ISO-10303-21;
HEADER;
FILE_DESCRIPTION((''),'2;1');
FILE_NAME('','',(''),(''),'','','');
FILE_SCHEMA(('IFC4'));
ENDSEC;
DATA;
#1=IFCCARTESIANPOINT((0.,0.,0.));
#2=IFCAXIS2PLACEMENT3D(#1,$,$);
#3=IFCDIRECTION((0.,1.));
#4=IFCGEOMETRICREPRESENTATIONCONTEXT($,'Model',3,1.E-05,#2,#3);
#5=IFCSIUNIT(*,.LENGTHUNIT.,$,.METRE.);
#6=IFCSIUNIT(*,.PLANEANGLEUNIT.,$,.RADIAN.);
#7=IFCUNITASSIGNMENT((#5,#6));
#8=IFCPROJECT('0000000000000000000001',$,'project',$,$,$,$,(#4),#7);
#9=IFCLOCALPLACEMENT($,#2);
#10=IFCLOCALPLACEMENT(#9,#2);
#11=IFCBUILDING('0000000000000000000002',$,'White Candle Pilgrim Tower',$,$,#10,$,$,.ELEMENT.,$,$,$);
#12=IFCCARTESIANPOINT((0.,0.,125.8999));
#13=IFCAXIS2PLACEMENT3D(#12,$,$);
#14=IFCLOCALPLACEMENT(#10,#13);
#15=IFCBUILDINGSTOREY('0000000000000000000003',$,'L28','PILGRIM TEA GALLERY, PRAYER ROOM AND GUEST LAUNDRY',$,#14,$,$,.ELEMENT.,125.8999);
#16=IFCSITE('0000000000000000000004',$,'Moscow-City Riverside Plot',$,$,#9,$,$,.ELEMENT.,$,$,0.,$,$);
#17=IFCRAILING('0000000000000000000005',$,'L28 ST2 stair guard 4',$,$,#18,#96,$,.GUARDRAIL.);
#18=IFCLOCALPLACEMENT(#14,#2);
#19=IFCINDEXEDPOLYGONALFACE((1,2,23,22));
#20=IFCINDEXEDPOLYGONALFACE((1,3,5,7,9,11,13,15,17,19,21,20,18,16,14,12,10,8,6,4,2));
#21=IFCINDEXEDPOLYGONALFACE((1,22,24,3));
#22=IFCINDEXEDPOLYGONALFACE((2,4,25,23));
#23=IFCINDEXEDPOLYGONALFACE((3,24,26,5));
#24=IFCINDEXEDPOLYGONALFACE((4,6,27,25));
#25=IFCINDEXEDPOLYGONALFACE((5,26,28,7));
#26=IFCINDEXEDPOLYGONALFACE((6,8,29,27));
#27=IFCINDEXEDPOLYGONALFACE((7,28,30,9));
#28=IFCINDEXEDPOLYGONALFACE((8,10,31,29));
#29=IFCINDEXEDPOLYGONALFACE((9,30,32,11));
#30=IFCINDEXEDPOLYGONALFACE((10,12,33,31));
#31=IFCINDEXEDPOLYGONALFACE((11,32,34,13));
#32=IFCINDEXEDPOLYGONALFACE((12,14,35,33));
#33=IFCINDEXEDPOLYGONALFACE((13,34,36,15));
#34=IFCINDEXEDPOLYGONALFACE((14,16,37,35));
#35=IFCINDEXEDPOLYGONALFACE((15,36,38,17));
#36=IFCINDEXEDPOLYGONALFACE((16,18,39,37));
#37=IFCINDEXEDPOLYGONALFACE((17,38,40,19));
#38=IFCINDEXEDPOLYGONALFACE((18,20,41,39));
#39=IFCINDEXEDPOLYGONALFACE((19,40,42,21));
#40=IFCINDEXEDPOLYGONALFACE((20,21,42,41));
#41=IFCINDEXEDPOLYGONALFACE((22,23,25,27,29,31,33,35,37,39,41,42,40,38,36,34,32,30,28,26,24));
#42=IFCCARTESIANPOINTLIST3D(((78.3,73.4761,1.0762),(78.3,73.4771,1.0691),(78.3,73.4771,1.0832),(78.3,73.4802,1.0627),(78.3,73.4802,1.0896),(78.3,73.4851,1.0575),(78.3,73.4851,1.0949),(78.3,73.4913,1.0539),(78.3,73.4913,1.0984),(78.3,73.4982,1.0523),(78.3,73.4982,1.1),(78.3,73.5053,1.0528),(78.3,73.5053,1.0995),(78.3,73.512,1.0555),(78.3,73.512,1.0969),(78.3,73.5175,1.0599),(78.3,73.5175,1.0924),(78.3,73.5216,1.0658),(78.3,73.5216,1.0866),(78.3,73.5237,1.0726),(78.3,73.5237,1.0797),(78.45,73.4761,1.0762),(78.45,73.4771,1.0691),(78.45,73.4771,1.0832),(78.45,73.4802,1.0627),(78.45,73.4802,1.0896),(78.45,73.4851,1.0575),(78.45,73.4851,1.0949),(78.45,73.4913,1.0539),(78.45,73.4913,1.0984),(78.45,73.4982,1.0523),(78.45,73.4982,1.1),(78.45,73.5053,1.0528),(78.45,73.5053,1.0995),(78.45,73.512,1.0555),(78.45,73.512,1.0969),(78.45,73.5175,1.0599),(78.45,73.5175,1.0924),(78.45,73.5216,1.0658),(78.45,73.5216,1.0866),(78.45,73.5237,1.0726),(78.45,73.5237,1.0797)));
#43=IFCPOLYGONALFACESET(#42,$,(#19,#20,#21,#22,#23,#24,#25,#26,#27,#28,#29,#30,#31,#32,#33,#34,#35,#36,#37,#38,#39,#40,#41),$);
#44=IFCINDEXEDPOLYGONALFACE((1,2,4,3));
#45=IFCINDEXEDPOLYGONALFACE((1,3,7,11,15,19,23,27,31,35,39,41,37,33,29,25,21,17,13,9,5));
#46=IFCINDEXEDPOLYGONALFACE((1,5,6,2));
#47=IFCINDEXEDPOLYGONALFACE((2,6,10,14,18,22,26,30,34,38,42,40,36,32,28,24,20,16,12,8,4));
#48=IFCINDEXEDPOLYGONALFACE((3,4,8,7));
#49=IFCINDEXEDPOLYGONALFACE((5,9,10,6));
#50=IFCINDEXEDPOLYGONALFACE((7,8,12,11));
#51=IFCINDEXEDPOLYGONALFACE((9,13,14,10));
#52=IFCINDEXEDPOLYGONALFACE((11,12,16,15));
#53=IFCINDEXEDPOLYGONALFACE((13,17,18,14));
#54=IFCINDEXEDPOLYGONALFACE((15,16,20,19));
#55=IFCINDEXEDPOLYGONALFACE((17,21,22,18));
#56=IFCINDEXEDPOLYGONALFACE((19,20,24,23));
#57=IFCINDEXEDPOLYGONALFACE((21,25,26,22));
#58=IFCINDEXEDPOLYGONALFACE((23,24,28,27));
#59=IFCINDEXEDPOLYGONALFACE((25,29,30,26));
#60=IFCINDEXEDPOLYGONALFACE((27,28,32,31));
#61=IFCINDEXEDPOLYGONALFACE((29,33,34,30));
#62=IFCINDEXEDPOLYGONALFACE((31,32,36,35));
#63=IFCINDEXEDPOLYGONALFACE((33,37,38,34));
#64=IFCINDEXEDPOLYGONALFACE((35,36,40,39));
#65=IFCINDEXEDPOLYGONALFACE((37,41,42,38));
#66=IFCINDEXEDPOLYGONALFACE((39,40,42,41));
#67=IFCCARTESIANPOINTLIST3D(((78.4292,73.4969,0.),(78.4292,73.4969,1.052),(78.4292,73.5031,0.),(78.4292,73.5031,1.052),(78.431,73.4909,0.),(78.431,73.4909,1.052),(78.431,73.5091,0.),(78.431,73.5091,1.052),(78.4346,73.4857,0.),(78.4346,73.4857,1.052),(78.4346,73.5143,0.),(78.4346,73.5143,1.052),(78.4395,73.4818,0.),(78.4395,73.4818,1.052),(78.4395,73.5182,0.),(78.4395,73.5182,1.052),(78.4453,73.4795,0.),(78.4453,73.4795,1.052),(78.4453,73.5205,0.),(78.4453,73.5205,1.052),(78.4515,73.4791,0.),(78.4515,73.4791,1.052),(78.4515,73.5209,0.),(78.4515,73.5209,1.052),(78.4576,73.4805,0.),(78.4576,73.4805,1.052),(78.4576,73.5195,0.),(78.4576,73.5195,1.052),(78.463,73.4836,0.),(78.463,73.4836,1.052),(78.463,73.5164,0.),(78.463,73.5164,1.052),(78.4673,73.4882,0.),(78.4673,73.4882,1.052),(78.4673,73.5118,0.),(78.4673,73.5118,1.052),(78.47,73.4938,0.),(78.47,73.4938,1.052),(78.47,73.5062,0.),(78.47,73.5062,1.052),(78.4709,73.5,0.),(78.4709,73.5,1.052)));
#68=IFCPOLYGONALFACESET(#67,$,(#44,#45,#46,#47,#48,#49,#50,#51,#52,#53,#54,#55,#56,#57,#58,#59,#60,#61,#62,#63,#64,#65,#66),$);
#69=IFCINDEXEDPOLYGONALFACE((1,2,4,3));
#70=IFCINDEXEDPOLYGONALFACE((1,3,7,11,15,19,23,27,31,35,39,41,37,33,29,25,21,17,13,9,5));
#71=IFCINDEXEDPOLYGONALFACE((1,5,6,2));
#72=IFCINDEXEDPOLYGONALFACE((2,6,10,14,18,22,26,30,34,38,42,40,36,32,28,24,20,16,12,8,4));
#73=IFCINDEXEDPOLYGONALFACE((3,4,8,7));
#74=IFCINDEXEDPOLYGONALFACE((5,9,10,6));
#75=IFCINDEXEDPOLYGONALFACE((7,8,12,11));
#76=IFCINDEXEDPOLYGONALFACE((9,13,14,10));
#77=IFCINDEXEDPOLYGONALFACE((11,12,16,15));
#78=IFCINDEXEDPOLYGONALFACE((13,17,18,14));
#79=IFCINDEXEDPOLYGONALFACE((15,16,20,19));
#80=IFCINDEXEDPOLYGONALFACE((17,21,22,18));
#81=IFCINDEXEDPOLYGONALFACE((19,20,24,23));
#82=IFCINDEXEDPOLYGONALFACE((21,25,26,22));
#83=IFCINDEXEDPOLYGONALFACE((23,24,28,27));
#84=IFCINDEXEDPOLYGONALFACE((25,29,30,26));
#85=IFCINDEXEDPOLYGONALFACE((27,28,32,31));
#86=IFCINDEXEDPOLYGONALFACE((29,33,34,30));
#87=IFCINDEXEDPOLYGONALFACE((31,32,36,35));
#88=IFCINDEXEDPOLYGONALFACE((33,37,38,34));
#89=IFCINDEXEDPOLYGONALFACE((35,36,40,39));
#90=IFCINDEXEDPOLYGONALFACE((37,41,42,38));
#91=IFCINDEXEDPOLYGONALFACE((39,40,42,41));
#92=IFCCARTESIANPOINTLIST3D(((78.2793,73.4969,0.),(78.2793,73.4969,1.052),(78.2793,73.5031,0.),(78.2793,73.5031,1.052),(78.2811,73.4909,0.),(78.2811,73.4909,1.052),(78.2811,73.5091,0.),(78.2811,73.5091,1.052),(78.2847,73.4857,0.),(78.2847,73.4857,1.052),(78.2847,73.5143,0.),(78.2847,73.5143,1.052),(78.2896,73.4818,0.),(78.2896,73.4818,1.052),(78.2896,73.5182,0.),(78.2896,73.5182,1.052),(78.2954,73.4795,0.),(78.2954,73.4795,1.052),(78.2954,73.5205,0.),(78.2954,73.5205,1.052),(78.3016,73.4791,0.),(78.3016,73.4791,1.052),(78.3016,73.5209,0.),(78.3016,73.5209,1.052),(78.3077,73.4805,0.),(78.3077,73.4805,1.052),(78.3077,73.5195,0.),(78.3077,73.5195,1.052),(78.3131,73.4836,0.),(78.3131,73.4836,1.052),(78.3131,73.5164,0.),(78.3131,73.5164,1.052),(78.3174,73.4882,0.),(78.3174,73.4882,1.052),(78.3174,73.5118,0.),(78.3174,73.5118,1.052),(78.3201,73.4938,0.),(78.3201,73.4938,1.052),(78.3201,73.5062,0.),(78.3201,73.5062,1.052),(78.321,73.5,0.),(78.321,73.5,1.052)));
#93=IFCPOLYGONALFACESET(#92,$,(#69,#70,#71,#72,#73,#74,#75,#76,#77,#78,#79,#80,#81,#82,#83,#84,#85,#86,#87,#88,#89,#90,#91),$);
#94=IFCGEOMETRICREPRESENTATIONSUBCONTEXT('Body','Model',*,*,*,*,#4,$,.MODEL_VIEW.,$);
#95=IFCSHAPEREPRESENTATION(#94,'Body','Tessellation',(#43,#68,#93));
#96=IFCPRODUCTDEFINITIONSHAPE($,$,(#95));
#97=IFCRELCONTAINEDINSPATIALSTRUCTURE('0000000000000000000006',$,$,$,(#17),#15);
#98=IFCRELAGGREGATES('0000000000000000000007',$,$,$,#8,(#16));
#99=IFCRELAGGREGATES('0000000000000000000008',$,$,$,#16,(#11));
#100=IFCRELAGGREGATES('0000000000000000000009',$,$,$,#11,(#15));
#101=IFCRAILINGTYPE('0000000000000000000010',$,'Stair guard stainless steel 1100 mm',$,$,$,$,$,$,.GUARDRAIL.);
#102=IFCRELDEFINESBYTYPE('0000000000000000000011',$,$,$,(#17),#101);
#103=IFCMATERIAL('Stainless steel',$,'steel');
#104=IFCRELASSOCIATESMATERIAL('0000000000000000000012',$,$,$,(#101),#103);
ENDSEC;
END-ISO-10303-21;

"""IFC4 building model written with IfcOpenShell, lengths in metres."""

from ifc_helpers import new_model, si_unit, direction, frame, origin, origin_2d, place, context, subcontext, project, spatial, circle, extrude, material, type_object, element, save


model = new_model("IFC4")

# Units and contexts
model_context = context("Model", 3, precision=1e-05, world=origin(), true_north=direction((0.0, 1.0)))
body_context = subcontext(model_context, "Body", "Model", "MODEL_VIEW")
ifc_project = project(units=[si_unit("LENGTHUNIT", "METRE"), si_unit("PLANEANGLEUNIT", "RADIAN")], contexts=[model_context])

# Site, building, storey
site_placement = place(None, origin())
site = spatial("IfcSite", under=ifc_project, at=site_placement, Name="Moscow-City Riverside Plot", CompositionType="ELEMENT", RefElevation=0.0)
building_placement = place(site_placement, origin())
building = spatial("IfcBuilding", under=site, at=building_placement, Name="White Candle Pilgrim Tower", CompositionType="ELEMENT")
storey_placement = place(building_placement, frame((0.0, 0.0, 125.8999)))
storey = spatial("IfcBuildingStorey", under=building, at=storey_placement, Name="L28", Description="PILGRIM TEA GALLERY, PRAYER ROOM AND GUEST LAUNDRY", CompositionType="ELEMENT", Elevation=125.8999)

# Railing
ifc_material_1 = material(Name="Stainless steel", Category="steel")
railing_type_1 = type_object("IfcRailingType", Name="Stair guard stainless steel 1100 mm", PredefinedType="GUARDRAIL", material=ifc_material_1)
railing_1_placement = place(storey_placement, frame((78.45, 73.5, 0.0)))
element("IfcRailing", 1, at=railing_1_placement, inside=storey, type_object=railing_type_1, Name="L28 ST2 stair guard 4", PredefinedType="GUARDRAIL", context=body_context, shape_type="SweptSolid", body=[
    extrude(circle(Radius=0.0239, at=origin_2d()), frame((0.0, 0.0, 1.0762), z_axis=(-1.0, 0.0, 0.0), x_axis=(0.0, -1.0, 0.0)), (0.0, 0.0, 1.0), 0.1499),
    extrude(circle(Radius=0.021, at=origin_2d()), origin(), (0.0, 0.0, 1.0), 1.052),
    extrude(circle(Radius=0.021, at=origin_2d()), frame((-0.1499, 0.0, 0.0)), (0.0, 0.0, 1.0), 1.052),
])

save(model, "model.ifc")
